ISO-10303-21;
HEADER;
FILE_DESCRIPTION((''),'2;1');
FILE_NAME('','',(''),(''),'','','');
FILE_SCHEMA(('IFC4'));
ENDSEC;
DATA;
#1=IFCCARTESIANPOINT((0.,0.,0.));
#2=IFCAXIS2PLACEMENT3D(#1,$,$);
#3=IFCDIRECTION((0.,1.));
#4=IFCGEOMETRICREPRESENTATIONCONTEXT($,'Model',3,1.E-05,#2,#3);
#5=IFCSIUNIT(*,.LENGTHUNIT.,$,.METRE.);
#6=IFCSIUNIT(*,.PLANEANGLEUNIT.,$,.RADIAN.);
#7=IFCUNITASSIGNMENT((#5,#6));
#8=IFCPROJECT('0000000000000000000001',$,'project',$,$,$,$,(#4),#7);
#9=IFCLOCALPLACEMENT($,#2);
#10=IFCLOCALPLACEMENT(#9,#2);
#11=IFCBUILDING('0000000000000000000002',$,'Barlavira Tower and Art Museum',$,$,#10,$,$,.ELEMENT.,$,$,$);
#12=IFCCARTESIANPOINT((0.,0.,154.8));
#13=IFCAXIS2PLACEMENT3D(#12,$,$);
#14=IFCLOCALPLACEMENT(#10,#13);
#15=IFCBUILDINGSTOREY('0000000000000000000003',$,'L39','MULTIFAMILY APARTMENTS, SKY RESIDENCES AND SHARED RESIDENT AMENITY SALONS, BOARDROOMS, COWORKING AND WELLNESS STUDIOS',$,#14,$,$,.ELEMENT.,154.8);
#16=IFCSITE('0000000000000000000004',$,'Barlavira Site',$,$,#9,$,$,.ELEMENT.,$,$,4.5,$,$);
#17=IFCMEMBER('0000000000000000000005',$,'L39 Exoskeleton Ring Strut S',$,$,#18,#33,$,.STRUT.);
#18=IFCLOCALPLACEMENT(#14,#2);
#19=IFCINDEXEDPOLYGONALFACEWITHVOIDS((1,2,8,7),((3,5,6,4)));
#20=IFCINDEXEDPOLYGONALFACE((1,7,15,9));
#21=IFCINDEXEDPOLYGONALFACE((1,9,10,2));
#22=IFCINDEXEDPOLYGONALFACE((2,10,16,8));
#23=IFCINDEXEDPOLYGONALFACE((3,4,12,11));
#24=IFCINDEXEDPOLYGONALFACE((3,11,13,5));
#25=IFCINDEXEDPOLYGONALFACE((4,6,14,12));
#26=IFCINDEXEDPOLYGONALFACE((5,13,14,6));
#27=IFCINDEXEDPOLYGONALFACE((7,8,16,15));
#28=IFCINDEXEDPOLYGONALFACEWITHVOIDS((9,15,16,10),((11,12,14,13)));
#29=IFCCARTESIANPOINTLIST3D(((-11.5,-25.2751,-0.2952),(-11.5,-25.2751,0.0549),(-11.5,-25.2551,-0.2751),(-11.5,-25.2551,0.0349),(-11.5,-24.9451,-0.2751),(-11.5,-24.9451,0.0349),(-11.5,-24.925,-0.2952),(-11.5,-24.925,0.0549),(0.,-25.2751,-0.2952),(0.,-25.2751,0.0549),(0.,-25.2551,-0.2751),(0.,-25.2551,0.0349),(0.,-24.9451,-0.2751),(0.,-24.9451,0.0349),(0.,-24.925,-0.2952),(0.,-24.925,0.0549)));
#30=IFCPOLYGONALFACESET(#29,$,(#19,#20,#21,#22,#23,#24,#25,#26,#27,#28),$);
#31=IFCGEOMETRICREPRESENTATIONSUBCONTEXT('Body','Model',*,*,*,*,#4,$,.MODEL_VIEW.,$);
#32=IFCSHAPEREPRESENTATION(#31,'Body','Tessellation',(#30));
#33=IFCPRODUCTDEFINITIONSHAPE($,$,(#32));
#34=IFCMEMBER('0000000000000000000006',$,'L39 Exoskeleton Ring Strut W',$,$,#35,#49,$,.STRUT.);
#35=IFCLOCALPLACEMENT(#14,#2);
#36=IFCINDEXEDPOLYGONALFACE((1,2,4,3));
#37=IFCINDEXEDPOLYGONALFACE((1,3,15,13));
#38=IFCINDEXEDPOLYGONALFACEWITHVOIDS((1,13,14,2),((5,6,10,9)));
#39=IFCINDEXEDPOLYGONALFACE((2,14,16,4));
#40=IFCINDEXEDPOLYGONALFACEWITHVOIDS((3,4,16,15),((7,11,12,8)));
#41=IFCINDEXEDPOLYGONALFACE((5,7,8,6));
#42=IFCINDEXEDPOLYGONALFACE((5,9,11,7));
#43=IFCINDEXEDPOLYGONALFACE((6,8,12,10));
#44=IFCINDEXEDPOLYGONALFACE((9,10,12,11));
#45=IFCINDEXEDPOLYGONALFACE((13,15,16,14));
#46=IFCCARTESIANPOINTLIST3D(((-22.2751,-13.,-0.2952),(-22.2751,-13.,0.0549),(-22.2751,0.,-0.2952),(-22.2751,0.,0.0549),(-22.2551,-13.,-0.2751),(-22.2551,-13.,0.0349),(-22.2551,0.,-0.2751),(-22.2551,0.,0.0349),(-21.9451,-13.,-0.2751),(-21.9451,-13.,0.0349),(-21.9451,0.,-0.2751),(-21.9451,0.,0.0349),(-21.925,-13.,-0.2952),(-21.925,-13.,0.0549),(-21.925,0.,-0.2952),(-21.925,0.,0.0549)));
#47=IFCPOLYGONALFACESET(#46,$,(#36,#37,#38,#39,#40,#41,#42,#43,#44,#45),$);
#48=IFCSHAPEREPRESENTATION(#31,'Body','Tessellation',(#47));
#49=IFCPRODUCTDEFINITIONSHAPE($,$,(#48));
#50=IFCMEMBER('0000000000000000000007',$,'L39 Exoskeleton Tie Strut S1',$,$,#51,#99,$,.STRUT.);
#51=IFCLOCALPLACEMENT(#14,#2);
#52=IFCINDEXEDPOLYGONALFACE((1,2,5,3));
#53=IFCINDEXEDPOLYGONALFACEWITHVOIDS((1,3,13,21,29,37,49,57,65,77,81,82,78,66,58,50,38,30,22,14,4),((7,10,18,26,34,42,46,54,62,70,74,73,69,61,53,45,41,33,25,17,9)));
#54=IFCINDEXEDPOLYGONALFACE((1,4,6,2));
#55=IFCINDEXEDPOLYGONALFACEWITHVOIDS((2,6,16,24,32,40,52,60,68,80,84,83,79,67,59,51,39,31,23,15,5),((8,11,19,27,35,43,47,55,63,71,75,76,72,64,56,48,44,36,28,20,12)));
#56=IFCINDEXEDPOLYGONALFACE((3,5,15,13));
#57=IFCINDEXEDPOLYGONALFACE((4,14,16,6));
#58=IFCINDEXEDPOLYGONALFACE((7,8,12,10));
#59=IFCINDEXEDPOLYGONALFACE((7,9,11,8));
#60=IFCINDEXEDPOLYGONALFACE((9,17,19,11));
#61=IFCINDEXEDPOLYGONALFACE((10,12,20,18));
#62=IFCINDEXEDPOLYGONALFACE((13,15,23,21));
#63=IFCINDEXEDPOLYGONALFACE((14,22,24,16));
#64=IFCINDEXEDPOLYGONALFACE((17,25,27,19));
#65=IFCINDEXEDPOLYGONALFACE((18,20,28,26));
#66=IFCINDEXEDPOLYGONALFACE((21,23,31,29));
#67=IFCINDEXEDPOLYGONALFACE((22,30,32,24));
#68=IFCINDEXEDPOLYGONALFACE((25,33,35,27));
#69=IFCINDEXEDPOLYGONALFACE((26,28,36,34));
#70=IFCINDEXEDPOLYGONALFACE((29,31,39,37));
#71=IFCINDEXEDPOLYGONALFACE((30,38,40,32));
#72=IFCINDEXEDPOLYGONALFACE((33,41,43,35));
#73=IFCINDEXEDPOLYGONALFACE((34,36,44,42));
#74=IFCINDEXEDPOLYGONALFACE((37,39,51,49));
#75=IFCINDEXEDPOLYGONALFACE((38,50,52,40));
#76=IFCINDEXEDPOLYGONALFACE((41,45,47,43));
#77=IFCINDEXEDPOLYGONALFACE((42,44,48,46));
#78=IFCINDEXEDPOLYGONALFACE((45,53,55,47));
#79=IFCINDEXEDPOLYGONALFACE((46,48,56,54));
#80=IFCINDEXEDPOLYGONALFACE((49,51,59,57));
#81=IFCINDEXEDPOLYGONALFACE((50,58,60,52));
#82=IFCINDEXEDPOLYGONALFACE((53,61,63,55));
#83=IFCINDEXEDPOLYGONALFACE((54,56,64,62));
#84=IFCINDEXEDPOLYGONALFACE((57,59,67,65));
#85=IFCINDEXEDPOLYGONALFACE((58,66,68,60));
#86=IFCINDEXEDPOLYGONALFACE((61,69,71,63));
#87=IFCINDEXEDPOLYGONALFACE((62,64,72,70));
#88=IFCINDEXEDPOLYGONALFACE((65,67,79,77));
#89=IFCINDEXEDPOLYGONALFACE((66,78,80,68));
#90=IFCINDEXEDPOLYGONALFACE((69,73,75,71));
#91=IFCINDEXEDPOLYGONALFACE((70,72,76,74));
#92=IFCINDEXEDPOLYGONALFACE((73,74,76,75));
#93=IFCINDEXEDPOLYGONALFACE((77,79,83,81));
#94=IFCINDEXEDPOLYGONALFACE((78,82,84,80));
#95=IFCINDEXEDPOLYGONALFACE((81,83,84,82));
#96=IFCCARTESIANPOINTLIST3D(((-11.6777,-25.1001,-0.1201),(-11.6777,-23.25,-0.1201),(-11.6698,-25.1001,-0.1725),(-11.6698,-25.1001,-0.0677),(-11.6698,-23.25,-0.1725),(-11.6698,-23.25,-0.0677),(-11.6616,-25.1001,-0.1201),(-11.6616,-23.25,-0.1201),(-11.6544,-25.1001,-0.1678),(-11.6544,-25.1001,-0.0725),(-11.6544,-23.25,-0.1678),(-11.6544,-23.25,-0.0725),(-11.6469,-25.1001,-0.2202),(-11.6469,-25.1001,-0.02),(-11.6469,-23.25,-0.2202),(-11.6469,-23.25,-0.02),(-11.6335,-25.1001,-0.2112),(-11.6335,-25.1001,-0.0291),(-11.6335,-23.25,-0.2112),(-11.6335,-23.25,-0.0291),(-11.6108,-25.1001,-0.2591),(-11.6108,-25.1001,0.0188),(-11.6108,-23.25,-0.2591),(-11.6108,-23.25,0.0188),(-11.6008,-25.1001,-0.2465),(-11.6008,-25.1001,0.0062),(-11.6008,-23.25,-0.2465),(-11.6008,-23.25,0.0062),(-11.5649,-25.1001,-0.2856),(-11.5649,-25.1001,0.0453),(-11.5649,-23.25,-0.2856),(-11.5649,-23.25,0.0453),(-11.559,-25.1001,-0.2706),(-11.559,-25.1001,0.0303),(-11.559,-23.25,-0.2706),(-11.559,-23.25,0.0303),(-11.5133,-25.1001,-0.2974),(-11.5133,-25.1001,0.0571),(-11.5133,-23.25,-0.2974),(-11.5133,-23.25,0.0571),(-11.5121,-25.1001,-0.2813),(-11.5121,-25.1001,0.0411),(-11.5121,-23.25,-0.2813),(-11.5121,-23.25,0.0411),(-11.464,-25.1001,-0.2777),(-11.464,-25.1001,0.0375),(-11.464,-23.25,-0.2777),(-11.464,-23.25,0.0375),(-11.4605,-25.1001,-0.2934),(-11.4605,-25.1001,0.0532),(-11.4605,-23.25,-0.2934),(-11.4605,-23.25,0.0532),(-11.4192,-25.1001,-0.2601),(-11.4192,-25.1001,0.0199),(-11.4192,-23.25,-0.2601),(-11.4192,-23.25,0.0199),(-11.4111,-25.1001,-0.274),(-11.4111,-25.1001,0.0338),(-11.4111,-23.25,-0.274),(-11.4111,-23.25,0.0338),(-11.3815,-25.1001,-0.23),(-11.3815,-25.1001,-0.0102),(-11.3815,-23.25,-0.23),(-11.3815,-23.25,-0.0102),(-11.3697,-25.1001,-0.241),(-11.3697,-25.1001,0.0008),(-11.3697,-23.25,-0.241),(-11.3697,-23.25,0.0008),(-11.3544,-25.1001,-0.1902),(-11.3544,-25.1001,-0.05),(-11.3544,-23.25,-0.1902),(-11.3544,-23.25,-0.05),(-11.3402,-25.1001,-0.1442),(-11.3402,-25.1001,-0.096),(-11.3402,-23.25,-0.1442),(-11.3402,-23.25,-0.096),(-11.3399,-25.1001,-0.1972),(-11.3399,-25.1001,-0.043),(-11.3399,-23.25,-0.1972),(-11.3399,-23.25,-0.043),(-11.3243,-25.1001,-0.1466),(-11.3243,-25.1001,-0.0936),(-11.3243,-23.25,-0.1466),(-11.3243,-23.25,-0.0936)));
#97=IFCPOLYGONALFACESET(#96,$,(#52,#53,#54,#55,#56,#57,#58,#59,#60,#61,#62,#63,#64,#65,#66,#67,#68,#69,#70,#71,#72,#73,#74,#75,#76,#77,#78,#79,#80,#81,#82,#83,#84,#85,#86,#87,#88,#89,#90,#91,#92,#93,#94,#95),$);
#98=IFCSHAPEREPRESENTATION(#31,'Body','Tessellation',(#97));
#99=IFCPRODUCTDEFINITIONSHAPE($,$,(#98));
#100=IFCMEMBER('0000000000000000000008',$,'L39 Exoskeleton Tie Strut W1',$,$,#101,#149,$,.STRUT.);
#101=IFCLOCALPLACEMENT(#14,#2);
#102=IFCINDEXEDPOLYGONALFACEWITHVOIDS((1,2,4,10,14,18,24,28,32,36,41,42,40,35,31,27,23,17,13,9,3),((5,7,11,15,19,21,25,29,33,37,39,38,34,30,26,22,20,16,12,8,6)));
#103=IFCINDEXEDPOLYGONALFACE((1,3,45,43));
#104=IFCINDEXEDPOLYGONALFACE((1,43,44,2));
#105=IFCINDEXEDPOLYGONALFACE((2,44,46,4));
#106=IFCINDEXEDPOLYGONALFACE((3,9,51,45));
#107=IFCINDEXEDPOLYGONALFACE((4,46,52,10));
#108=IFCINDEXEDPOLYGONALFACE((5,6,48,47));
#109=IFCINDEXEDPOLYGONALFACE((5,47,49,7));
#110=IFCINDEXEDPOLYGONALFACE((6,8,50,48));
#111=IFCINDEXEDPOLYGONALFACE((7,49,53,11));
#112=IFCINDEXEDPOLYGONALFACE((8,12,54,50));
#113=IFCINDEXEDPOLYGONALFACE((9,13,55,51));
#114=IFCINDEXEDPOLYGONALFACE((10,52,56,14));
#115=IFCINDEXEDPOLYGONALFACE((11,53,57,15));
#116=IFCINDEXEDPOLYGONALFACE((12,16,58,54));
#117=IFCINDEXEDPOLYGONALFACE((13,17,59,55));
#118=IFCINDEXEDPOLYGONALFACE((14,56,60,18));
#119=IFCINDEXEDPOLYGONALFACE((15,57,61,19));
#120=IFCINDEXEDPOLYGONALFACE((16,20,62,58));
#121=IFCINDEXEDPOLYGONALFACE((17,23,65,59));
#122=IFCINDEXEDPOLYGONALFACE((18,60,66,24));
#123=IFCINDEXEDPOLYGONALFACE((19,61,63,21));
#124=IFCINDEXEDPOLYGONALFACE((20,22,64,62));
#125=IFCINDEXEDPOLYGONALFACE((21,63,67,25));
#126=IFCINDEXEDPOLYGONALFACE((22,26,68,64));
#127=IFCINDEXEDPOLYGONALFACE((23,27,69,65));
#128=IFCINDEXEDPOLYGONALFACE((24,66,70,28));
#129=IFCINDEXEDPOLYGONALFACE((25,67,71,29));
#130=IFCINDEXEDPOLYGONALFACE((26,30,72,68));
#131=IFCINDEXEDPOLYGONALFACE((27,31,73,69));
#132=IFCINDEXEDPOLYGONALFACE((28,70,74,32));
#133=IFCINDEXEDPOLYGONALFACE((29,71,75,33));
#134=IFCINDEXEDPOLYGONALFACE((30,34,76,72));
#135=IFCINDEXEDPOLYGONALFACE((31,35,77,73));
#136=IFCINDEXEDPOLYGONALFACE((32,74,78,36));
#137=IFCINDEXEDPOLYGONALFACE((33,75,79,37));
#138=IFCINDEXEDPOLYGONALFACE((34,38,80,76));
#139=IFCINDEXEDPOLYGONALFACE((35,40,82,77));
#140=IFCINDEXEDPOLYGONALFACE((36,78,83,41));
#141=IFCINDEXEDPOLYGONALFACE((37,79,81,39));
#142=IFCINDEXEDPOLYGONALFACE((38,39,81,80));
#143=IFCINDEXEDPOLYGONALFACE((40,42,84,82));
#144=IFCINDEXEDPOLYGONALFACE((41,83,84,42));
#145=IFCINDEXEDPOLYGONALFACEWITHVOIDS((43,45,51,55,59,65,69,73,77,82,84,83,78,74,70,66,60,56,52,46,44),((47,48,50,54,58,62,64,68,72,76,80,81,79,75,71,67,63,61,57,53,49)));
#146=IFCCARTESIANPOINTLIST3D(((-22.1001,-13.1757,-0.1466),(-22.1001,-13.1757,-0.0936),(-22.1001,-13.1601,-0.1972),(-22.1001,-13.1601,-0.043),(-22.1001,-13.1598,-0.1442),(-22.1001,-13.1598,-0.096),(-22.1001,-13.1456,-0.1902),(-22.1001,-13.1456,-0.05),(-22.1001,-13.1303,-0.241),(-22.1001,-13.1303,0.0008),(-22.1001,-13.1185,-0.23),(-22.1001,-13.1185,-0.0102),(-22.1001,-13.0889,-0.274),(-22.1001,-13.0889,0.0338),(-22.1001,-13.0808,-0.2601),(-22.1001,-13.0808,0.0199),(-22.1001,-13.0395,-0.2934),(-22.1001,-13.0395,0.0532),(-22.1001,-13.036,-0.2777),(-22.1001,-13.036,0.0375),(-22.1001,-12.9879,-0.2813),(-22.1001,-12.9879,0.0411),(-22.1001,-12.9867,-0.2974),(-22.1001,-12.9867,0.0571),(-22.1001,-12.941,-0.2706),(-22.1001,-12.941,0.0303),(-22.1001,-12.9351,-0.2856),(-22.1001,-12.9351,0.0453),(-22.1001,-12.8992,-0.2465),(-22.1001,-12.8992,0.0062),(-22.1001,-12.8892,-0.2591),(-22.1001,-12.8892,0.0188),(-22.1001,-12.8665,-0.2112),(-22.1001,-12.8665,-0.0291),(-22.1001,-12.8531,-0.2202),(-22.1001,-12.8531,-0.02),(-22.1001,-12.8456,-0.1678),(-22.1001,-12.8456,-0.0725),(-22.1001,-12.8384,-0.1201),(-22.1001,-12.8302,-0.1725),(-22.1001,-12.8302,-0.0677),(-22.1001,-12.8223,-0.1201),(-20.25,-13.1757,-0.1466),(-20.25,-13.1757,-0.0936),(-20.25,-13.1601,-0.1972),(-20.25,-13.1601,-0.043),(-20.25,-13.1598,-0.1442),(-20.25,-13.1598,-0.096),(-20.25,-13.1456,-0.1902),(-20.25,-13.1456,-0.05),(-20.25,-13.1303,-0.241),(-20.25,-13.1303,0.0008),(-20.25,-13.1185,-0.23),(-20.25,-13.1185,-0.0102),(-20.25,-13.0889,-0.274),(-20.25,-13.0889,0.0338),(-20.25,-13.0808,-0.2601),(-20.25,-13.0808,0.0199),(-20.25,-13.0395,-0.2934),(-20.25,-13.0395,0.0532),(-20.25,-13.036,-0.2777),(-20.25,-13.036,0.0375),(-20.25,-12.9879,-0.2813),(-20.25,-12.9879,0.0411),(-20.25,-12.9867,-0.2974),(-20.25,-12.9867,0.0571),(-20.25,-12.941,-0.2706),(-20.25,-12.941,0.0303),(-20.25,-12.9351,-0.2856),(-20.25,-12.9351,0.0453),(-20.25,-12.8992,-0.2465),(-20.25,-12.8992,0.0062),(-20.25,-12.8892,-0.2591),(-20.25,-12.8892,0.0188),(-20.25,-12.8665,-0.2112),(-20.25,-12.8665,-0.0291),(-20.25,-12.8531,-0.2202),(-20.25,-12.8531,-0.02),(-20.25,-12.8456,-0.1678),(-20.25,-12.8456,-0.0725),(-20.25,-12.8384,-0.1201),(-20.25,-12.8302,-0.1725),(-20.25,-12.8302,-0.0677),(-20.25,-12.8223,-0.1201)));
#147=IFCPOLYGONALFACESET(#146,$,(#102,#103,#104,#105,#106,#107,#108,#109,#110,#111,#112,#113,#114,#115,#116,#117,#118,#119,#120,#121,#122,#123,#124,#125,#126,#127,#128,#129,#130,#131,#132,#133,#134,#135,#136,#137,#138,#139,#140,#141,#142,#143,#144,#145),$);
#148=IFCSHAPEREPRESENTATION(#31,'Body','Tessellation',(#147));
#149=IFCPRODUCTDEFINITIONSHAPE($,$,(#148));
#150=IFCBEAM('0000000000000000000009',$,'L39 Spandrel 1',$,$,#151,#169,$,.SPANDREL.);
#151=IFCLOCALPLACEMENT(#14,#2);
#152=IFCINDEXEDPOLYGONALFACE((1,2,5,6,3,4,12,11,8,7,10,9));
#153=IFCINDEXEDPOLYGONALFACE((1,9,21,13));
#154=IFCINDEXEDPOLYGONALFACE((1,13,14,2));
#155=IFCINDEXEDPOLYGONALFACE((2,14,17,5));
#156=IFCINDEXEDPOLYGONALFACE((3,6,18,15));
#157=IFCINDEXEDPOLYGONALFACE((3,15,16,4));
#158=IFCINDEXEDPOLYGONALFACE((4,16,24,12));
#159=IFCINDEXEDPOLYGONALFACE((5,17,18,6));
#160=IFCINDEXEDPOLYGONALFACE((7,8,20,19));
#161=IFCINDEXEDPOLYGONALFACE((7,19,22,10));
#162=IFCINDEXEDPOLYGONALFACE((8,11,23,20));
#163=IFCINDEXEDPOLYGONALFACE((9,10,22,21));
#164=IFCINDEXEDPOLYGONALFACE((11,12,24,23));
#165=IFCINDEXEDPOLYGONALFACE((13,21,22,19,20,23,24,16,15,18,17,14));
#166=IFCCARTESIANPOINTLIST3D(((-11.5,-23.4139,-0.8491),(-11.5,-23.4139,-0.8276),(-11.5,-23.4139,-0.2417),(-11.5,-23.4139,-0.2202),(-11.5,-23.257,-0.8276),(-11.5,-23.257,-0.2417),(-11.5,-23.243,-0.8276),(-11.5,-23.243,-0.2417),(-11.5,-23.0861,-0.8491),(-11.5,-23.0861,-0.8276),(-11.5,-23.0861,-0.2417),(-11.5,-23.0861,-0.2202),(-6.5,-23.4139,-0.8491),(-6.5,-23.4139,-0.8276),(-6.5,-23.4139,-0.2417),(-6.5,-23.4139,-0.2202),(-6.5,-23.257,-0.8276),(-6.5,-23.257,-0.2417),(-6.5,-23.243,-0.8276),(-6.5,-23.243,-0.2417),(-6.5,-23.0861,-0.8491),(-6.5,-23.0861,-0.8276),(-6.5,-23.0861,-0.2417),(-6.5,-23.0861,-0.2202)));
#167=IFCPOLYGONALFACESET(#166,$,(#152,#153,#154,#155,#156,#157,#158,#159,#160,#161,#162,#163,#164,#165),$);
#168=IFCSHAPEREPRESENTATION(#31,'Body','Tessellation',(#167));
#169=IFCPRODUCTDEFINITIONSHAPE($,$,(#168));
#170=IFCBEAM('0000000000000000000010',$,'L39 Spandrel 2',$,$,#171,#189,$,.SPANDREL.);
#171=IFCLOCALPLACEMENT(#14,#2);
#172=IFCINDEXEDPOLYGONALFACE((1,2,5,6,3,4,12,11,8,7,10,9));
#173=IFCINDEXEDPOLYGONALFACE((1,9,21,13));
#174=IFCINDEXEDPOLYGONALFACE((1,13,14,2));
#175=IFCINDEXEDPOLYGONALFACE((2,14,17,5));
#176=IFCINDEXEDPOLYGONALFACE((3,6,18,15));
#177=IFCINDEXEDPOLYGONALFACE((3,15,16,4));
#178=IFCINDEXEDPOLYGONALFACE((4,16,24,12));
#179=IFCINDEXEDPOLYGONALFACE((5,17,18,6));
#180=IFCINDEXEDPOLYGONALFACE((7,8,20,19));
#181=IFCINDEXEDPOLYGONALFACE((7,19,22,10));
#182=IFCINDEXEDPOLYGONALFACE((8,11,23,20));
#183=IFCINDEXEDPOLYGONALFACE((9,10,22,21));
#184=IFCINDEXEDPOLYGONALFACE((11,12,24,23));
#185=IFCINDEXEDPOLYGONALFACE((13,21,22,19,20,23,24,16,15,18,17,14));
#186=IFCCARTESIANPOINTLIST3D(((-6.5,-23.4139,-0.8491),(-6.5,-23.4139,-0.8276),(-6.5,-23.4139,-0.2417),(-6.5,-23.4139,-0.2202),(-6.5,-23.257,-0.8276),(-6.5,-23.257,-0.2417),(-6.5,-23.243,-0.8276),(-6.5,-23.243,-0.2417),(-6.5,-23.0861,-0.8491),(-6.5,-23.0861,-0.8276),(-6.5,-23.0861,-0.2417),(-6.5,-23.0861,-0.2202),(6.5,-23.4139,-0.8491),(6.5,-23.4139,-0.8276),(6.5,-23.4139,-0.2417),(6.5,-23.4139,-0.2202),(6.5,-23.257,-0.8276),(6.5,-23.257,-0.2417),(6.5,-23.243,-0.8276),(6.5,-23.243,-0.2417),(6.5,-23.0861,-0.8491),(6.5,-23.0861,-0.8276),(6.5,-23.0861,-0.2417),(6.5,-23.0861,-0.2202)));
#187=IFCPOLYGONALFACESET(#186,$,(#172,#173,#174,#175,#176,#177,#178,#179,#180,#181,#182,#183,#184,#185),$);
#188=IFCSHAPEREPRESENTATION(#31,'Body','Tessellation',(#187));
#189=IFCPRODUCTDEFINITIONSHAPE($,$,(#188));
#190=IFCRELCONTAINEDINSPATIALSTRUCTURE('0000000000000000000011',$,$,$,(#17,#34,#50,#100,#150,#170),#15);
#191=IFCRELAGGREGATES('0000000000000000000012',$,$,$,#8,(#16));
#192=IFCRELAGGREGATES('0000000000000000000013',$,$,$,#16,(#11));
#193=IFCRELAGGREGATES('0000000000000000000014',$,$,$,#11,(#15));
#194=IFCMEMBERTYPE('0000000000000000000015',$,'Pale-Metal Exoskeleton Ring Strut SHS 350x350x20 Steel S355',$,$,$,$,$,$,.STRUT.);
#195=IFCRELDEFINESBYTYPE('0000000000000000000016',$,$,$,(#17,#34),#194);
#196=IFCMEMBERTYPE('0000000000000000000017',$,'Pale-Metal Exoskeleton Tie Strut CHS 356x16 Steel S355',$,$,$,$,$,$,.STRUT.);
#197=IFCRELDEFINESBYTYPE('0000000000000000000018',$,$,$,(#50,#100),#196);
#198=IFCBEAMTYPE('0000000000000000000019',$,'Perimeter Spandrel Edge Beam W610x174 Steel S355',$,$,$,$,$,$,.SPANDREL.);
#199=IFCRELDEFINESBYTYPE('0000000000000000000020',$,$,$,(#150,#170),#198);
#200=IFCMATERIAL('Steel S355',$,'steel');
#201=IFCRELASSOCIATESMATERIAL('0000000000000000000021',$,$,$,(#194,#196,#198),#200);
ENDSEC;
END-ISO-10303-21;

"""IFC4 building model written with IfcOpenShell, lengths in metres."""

from ifc_helpers import new_model, si_unit, direction, frame, origin, origin_2d, place, context, subcontext, project, spatial, hollow_rectangle, hollow_circle, i_section, extrude, material, material_profile, profile_set, type_object, element, save


model = new_model("IFC4")

# Units and contexts
model_context = context("Model", 3, precision=1e-05, world=origin(), true_north=direction((0.0, 1.0)))
body_context = subcontext(model_context, "Body", "Model", "MODEL_VIEW")
ifc_project = project(units=[si_unit("LENGTHUNIT", "METRE"), si_unit("PLANEANGLEUNIT", "RADIAN")], contexts=[model_context])

# Site, building, storey
site_placement = place(None, origin())
site = spatial("IfcSite", under=ifc_project, at=site_placement, Name="Barlavira Site", CompositionType="ELEMENT", RefElevation=4.5)
building_placement = place(site_placement, origin())
building = spatial("IfcBuilding", under=site, at=building_placement, Name="Barlavira Tower and Art Museum", CompositionType="ELEMENT")
storey_placement = place(building_placement, frame((0.0, 0.0, 154.8)))
storey = spatial("IfcBuildingStorey", under=building, at=storey_placement, Name="L39", Description="MULTIFAMILY APARTMENTS, SKY RESIDENCES AND SHARED RESIDENT AMENITY SALONS, BOARDROOMS, COWORKING AND WELLNESS STUDIOS", CompositionType="ELEMENT", Elevation=154.8)

# Members
ifc_material_1 = material(Name="Steel S355", Category="steel")
ifc_material_profile_1 = material_profile(ifc_material_1, hollow_rectangle(XDim=0.3501, YDim=0.3501, WallThickness=0.02, at=origin_2d()), Name="SHS 350x350x20.0")
ifc_profile_set_1 = profile_set([ifc_material_profile_1], Name="Steel S355")
member_type_1 = type_object("IfcMemberType", Name="Pale-Metal Exoskeleton Ring Strut SHS 350x350x20 Steel S355", PredefinedType="STRUT", material=ifc_profile_set_1)
member_1_placement = place(storey_placement, frame((-11.5, -25.1001, -0.1201), z_axis=(1.0, 0.0, 0.0), x_axis=(0.0, 1.0, 0.0)))
element("IfcMember", 1, at=member_1_placement, inside=storey, type_object=member_type_1, Name="L39 Exoskeleton Ring Strut S", PredefinedType="STRUT", context=body_context, shape_type="SweptSolid", body=[
    extrude(hollow_rectangle(XDim=0.3501, YDim=0.3501, WallThickness=0.02, at=origin_2d()), origin(), (0.0, 0.0, 1.0), 11.5),
])
member_2_placement = place(storey_placement, frame((-22.1001, -13.0, -0.1201), z_axis=(0.0, 1.0, 0.0), x_axis=(-1.0, 0.0, 0.0)))
element("IfcMember", 2, at=member_2_placement, inside=storey, type_object=member_type_1, Name="L39 Exoskeleton Ring Strut W", PredefinedType="STRUT", context=body_context, shape_type="SweptSolid", body=[
    extrude(hollow_rectangle(XDim=0.3501, YDim=0.3501, WallThickness=0.02, at=origin_2d()), origin(), (0.0, 0.0, 1.0), 13.0),
])
ifc_material_profile_2 = material_profile(ifc_material_1, hollow_circle(Radius=0.1777, WallThickness=0.0161, at=origin_2d()), Name="CHS 355.6x16.0")
ifc_profile_set_2 = profile_set([ifc_material_profile_2], Name="Steel S355")
member_type_2 = type_object("IfcMemberType", Name="Pale-Metal Exoskeleton Tie Strut CHS 356x16 Steel S355", PredefinedType="STRUT", material=ifc_profile_set_2)
for number, where, z_axis, x_axis, name in (
    (3, (-11.5, -25.1001, -0.1201), (0.0, 1.0, 0.0), (-1.0, 0.0, 0.0), "L39 Exoskeleton Tie Strut S1"),
    (4, (-22.1001, -13.0, -0.1201), (1.0, 0.0, 0.0), (0.0, 1.0, 0.0), "L39 Exoskeleton Tie Strut W1"),
):
    element("IfcMember", number, at=place(storey_placement, frame(where, z_axis=z_axis, x_axis=x_axis)), inside=storey, type_object=member_type_2, Name=name, PredefinedType="STRUT", context=body_context, shape_type="SweptSolid", body=[
        extrude(hollow_circle(Radius=0.1777, WallThickness=0.0161, at=origin_2d()), origin(), (0.0, 0.0, 1.0), 1.8501),
    ])

# Beams
ifc_material_profile_3 = material_profile(ifc_material_1, i_section(OverallWidth=0.3279, OverallDepth=0.6289, WebThickness=0.0139, FlangeThickness=0.0215, at=origin_2d()), Name="W610x174.0")
ifc_profile_set_3 = profile_set([ifc_material_profile_3], Name="Steel S355")
beam_type_1 = type_object("IfcBeamType", Name="Perimeter Spandrel Edge Beam W610x174 Steel S355", PredefinedType="SPANDREL", material=ifc_profile_set_3)
beam_1_placement = place(storey_placement, frame((-11.5, -23.25, -0.5347), z_axis=(1.0, 0.0, 0.0), x_axis=(0.0, 1.0, 0.0)))
element("IfcBeam", 5, at=beam_1_placement, inside=storey, type_object=beam_type_1, Name="L39 Spandrel 1", PredefinedType="SPANDREL", context=body_context, shape_type="SweptSolid", body=[
    extrude(i_section(OverallWidth=0.3279, OverallDepth=0.6289, WebThickness=0.0139, FlangeThickness=0.0215, at=origin_2d()), origin(), (0.0, 0.0, 1.0), 5.0),
])
beam_2_placement = place(storey_placement, frame((-6.5, -23.25, -0.5347), z_axis=(1.0, 0.0, 0.0), x_axis=(0.0, 1.0, 0.0)))
element("IfcBeam", 6, at=beam_2_placement, inside=storey, type_object=beam_type_1, Name="L39 Spandrel 2", PredefinedType="SPANDREL", context=body_context, shape_type="SweptSolid", body=[
    extrude(i_section(OverallWidth=0.3279, OverallDepth=0.6289, WebThickness=0.0139, FlangeThickness=0.0215, at=origin_2d()), origin(), (0.0, 0.0, 1.0), 13.0),
])

save(model, "model.ifc")
